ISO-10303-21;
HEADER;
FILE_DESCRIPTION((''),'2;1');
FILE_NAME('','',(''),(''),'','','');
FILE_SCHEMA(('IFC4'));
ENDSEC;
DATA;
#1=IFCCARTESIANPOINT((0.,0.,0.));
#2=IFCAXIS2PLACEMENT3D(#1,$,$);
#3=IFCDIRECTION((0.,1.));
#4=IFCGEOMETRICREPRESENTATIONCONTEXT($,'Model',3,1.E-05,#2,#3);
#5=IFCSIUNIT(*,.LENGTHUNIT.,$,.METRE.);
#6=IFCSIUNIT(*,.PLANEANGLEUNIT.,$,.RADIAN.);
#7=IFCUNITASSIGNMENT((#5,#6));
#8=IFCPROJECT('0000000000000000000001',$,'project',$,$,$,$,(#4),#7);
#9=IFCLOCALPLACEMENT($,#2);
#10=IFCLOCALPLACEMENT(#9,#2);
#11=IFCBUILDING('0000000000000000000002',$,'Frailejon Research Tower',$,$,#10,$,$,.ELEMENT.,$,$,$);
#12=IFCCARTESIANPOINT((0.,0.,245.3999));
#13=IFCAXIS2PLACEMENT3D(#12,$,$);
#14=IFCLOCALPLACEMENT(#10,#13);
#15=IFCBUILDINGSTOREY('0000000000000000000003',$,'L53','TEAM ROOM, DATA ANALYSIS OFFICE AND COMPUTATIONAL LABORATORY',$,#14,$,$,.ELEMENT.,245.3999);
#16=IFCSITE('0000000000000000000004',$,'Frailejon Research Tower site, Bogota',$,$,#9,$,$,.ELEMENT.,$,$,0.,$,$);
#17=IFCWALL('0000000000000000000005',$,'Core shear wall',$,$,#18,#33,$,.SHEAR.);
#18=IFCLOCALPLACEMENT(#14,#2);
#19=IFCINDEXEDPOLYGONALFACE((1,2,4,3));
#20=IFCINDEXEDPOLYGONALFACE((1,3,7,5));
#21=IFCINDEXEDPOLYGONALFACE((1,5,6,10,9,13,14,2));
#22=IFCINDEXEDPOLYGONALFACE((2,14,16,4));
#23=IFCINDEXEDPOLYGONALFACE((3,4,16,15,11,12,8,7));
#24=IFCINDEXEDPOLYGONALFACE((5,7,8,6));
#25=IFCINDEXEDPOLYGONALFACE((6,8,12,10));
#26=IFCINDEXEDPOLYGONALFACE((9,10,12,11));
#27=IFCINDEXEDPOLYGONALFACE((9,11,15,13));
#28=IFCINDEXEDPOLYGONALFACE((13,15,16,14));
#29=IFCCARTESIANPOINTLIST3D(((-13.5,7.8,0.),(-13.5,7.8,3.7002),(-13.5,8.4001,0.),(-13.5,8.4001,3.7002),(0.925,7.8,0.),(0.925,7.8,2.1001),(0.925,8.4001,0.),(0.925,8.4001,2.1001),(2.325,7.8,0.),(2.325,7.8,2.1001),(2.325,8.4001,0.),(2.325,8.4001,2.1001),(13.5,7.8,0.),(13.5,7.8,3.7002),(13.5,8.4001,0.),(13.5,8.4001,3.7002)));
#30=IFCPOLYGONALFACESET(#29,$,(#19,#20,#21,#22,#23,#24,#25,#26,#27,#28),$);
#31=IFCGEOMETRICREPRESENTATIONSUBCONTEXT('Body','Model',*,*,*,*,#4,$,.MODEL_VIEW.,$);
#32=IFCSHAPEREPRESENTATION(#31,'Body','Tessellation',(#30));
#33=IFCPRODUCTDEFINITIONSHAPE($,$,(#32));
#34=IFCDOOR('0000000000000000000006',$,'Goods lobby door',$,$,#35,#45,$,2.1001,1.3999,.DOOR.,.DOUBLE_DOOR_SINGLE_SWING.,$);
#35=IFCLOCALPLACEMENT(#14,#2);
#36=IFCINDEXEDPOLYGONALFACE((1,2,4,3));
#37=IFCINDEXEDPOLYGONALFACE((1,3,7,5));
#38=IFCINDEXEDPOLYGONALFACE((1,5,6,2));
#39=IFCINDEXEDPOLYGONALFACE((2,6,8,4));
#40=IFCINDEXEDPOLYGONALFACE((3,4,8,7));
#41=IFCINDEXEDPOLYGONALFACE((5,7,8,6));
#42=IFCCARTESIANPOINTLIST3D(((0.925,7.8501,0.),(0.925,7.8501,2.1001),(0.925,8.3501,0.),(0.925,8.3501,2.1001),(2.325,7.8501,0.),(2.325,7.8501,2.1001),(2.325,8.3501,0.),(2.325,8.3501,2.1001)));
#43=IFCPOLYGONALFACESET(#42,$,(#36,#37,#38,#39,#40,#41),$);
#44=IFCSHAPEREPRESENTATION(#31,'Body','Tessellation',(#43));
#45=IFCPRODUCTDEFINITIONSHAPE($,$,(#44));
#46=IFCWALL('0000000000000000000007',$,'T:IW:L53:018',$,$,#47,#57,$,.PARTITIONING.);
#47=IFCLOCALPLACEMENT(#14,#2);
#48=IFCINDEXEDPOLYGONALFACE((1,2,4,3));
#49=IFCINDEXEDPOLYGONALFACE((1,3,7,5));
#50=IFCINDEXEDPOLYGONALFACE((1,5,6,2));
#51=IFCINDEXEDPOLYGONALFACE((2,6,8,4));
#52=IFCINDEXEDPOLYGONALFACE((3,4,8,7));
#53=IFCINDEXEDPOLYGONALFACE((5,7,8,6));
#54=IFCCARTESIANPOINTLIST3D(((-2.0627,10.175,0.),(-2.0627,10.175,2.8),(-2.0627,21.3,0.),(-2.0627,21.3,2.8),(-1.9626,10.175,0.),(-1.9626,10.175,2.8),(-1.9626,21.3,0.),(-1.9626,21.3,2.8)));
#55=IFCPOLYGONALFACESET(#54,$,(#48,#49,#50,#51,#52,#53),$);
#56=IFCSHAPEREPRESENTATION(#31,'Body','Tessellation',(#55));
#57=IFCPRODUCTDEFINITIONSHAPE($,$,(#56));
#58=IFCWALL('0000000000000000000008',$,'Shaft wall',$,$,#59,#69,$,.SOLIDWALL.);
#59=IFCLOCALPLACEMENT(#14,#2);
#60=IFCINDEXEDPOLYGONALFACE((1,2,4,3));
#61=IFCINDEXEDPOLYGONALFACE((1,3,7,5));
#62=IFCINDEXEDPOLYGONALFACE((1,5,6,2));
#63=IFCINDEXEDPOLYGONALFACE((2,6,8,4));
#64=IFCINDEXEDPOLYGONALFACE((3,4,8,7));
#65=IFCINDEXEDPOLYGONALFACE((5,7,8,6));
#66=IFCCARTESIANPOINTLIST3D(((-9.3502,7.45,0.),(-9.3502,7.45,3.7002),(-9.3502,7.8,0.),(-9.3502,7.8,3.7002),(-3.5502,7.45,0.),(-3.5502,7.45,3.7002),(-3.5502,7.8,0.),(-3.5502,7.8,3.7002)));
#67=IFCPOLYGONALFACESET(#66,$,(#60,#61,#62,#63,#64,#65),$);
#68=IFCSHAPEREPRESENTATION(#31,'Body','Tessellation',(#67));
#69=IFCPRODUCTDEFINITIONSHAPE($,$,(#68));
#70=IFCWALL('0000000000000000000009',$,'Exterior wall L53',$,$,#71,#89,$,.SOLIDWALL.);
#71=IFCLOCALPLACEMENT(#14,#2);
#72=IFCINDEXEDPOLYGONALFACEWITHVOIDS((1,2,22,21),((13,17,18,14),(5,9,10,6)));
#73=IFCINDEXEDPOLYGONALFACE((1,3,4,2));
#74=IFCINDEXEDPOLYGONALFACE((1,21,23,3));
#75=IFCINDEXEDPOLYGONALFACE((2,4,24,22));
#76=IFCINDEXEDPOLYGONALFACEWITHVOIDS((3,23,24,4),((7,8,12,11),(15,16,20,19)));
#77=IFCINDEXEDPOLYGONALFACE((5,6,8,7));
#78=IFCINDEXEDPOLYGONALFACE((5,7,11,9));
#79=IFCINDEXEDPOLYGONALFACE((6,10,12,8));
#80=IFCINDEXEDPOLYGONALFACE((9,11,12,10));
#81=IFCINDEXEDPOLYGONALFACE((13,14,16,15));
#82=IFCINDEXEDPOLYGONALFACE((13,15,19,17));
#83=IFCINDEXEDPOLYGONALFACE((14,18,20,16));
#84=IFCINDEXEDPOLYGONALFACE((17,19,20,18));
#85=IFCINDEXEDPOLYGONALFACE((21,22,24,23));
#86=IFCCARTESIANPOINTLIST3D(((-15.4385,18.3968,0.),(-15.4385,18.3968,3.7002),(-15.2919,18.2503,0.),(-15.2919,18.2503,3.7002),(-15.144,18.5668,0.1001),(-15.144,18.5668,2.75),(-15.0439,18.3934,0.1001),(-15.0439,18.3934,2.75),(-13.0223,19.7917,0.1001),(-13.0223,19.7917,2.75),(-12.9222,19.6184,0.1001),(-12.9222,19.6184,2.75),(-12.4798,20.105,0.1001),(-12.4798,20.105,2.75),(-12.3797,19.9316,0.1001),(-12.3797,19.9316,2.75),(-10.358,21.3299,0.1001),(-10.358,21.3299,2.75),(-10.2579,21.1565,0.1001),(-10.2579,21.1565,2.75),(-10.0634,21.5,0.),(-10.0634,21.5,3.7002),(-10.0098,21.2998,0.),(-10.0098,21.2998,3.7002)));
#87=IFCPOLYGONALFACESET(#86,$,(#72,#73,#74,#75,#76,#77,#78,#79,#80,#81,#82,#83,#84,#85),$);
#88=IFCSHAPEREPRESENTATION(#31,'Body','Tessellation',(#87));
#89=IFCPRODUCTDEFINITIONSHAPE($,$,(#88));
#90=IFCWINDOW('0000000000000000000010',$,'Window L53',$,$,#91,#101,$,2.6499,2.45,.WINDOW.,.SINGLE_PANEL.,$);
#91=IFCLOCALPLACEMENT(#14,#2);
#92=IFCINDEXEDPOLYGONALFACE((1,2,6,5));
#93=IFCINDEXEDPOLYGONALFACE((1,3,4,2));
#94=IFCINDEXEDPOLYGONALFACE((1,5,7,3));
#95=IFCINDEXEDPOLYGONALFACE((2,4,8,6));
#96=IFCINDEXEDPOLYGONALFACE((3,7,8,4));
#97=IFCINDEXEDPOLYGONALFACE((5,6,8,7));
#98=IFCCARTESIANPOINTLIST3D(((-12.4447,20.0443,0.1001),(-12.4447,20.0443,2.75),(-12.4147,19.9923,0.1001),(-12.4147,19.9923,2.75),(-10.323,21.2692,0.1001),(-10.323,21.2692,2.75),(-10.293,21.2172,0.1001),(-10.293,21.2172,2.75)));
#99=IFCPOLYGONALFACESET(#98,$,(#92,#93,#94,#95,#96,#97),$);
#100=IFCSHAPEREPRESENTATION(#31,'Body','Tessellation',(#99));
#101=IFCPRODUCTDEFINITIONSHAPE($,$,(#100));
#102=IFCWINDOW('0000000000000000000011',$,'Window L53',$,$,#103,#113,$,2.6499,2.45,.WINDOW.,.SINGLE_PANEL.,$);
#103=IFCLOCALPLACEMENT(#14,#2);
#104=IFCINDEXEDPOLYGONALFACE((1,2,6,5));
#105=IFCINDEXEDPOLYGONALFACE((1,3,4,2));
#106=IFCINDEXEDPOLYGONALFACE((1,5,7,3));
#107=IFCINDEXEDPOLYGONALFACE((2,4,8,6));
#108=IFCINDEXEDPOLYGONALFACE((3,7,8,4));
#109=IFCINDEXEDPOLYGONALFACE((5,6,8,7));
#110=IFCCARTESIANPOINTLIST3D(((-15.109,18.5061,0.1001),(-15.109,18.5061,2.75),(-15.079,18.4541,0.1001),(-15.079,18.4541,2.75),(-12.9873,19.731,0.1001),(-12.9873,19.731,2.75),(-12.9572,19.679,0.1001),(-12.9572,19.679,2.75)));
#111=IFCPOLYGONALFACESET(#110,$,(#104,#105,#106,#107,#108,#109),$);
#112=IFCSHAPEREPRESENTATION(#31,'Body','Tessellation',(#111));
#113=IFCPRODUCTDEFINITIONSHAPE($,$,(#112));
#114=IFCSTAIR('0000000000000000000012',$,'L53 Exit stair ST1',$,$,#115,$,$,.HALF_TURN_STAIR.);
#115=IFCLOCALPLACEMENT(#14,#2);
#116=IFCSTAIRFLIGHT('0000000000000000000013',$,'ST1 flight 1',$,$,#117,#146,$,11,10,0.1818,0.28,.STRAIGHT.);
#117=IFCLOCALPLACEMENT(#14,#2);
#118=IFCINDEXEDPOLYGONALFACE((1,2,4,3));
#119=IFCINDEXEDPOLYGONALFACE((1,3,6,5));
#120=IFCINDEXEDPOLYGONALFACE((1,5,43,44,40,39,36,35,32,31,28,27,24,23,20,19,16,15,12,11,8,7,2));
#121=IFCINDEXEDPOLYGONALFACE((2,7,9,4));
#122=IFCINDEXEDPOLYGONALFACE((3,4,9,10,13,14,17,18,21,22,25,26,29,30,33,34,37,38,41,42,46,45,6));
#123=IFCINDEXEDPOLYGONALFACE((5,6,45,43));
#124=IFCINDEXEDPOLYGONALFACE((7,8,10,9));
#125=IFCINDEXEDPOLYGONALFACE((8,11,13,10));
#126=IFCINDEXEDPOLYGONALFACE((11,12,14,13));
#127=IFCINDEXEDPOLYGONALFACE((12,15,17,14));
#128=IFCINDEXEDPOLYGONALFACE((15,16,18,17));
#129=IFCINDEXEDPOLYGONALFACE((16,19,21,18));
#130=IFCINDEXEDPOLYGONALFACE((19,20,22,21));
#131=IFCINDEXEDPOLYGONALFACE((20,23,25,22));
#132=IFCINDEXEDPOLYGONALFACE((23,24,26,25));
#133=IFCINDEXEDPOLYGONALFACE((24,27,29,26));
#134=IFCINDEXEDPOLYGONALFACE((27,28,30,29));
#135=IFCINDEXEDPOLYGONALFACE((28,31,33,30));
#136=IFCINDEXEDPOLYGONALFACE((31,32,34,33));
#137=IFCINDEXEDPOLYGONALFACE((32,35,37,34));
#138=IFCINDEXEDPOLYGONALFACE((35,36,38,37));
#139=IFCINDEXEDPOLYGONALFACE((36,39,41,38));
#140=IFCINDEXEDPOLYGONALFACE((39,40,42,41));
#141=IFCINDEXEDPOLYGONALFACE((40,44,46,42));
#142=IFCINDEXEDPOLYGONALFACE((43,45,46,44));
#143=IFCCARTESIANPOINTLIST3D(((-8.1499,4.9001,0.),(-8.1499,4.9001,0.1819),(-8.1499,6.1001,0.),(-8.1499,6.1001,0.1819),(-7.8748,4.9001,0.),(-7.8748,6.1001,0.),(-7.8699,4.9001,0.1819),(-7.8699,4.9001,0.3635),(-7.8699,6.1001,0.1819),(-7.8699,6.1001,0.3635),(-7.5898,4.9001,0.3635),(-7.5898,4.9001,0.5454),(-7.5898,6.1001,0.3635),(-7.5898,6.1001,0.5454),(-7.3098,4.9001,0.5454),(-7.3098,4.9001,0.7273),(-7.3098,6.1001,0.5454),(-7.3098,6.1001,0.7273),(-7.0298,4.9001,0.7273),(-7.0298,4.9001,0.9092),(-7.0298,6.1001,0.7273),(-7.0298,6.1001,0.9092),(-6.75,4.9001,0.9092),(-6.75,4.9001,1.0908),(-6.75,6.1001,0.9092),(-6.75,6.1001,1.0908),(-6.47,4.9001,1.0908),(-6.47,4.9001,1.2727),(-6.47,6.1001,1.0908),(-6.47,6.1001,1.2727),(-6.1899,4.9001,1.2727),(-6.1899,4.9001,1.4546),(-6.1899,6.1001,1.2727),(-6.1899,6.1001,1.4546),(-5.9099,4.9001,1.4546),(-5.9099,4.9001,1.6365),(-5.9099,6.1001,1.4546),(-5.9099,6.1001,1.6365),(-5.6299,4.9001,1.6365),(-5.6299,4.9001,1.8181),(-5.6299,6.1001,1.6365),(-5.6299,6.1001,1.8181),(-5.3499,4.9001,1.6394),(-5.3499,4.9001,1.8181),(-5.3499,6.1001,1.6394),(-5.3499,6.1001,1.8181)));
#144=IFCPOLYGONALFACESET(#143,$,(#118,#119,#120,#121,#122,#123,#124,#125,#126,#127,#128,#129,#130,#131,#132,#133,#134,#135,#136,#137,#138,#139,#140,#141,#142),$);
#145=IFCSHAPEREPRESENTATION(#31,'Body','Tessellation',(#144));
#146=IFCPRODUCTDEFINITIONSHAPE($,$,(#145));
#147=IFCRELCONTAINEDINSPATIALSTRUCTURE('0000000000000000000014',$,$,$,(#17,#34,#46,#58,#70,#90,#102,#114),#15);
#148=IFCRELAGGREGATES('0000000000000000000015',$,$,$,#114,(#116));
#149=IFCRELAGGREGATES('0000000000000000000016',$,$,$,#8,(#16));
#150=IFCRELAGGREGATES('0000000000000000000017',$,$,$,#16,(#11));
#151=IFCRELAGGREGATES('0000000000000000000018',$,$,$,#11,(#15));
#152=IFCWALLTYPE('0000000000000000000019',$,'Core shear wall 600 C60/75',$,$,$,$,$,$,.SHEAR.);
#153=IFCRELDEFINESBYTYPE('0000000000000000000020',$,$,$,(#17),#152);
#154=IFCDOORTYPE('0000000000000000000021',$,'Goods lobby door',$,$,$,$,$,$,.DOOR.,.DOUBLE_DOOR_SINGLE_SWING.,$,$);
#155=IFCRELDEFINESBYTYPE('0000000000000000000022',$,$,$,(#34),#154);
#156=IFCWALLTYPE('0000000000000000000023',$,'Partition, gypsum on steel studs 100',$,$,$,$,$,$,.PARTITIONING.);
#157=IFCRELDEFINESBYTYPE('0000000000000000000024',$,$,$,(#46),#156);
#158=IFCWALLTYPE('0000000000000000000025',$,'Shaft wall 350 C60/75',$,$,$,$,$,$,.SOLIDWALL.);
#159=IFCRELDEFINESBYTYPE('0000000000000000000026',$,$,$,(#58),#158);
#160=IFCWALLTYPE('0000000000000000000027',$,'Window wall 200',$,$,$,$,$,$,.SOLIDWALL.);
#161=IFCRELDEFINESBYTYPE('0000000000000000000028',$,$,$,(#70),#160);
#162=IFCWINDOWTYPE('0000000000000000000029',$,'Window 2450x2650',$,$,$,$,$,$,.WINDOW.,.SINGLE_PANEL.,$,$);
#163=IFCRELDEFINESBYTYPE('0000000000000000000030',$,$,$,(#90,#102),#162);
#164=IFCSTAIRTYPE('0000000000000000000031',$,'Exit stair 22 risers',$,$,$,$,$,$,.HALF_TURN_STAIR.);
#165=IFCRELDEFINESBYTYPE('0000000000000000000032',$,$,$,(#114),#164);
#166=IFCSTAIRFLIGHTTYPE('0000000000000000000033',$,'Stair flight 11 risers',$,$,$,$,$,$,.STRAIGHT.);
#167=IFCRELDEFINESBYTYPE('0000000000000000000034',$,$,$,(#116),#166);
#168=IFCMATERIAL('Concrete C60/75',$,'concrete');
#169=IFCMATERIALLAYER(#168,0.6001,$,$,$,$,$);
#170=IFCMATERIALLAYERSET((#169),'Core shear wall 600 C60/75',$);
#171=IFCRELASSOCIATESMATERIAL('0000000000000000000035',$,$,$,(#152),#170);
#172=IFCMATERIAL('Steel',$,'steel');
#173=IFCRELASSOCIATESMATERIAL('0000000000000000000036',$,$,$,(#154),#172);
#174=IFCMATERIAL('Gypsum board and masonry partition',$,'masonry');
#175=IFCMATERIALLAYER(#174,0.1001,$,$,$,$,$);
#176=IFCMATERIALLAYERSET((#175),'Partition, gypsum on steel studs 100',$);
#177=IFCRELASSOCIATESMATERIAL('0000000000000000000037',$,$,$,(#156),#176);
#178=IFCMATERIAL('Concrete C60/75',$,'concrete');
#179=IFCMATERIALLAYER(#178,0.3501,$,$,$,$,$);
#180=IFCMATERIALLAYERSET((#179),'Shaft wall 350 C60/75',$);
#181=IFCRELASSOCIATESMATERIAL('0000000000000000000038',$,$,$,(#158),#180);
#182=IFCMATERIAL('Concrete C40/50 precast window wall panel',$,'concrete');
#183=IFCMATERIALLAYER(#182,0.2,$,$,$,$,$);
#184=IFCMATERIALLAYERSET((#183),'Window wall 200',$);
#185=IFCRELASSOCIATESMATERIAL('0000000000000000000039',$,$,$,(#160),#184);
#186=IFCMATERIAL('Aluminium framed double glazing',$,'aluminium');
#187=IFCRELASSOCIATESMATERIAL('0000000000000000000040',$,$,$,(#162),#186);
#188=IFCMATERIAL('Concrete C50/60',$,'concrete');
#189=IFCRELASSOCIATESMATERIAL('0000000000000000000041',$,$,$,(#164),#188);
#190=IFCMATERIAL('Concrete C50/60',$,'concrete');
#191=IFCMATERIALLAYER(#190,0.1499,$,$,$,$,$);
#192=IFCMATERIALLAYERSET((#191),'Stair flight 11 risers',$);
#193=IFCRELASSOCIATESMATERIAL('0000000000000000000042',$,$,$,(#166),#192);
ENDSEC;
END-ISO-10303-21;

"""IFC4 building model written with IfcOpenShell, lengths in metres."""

from ifc_helpers import new_model, si_unit, direction, frame, frame_2d, origin, place, context, subcontext, project, spatial, polyline, rectangle, outline, extrude, material, layer, layer_set, type_object, element, fill, aggregate, save


model = new_model("IFC4")

# Units and contexts
model_context = context("Model", 3, precision=1e-05, world=origin(), true_north=direction((0.0, 1.0)))
body_context = subcontext(model_context, "Body", "Model", "MODEL_VIEW")
ifc_project = project(units=[si_unit("LENGTHUNIT", "METRE"), si_unit("PLANEANGLEUNIT", "RADIAN")], contexts=[model_context])

# Site, building, storey
site_placement = place(None, origin())
site = spatial("IfcSite", under=ifc_project, at=site_placement, Name="Frailejon Research Tower site, Bogota", CompositionType="ELEMENT", RefElevation=0.0)
building_placement = place(site_placement, origin())
building = spatial("IfcBuilding", under=site, at=building_placement, Name="Frailejon Research Tower", CompositionType="ELEMENT")
storey_placement = place(building_placement, frame((0.0, 0.0, 245.3999)))
storey = spatial("IfcBuildingStorey", under=building, at=storey_placement, Name="L53", Description="TEAM ROOM, DATA ANALYSIS OFFICE AND COMPUTATIONAL LABORATORY", CompositionType="ELEMENT", Elevation=245.3999)

# Wall, opening, door
ifc_material_1 = material(Name="Concrete C60/75", Category="concrete")
ifc_layer_1 = layer(ifc_material_1, 0.6001)
ifc_layer_set_1 = layer_set([ifc_layer_1], Name="Core shear wall 600 C60/75")
wall_type_1 = type_object("IfcWallType", Name="Core shear wall 600 C60/75", PredefinedType="SHEAR", material=ifc_layer_set_1)
wall_1_placement = place(storey_placement, frame((-13.5, 8.1001, 0.0), z_axis=(0.0, 0.0, 1.0), x_axis=(1.0, 0.0, 0.0)))
wall_1 = element("IfcWall", 1, at=wall_1_placement, inside=storey, type_object=wall_type_1, Name="Core shear wall", PredefinedType="SHEAR", context=body_context, shape_type="SweptSolid", body=[
    extrude(rectangle(XDim=27.0, YDim=0.6001, at=frame_2d((13.5, 0.0))), origin(), (0.0, 0.0, 1.0), 3.7002),
])
opening_1_placement = place(wall_1_placement, frame((14.425, 0.0, 0.0)))
opening_1 = element("IfcOpeningElement", 2, at=opening_1_placement, cuts=wall_1, PredefinedType="OPENING", context=body_context, shape_type="SweptSolid", body=[
    extrude(rectangle(XDim=1.3999, YDim=2.1001, at=frame_2d((0.7, 1.05))), frame((0.0, 0.3101, 0.0), z_axis=(0.0, -1.0, 0.0), x_axis=(1.0, 0.0, 0.0)), (0.0, 0.0, 1.0), 0.6201),
])
ifc_material_2 = material(Name="Steel", Category="steel")
door_type = type_object("IfcDoorType", Name="Goods lobby door", OperationType="DOUBLE_DOOR_SINGLE_SWING", PredefinedType="DOOR", material=ifc_material_2)
door_placement = place(opening_1_placement, origin())
door = element("IfcDoor", 3, at=door_placement, inside=storey, type_object=door_type, Name="Goods lobby door", OperationType="DOUBLE_DOOR_SINGLE_SWING", OverallHeight=2.1001, OverallWidth=1.3999, PredefinedType="DOOR", context=body_context, shape_type="SweptSolid", body=[
    extrude(rectangle(XDim=1.3999, YDim=2.1001, at=frame_2d((0.7, 1.05))), frame((0.0, 0.25, 0.0), z_axis=(0.0, -1.0, 0.0), x_axis=(1.0, 0.0, 0.0)), (0.0, 0.0, 1.0), 0.5),
])
fill(opening_1, door)

# Walls
ifc_material_3 = material(Name="Gypsum board and masonry partition", Category="masonry")
ifc_layer_2 = layer(ifc_material_3, 0.1001)
ifc_layer_set_2 = layer_set([ifc_layer_2], Name="Partition, gypsum on steel studs 100")
wall_type_2 = type_object("IfcWallType", Name="Partition, gypsum on steel studs 100", PredefinedType="PARTITIONING", material=ifc_layer_set_2)
wall_2_placement = place(storey_placement, frame((-2.0127, 10.175, 0.0), z_axis=(0.0, 0.0, 1.0), x_axis=(0.0, 1.0, 0.0)))
element("IfcWall", 4, at=wall_2_placement, inside=storey, type_object=wall_type_2, Name="T:IW:L53:018", PredefinedType="PARTITIONING", context=body_context, shape_type="SweptSolid", body=[
    extrude(rectangle(XDim=11.125, YDim=0.1001, at=frame_2d((5.5625, 0.0))), origin(), (0.0, 0.0, 1.0), 2.8),
])
ifc_material_4 = material(Name="Concrete C60/75", Category="concrete")
ifc_layer_3 = layer(ifc_material_4, 0.3501)
ifc_layer_set_3 = layer_set([ifc_layer_3], Name="Shaft wall 350 C60/75")
wall_type_3 = type_object("IfcWallType", Name="Shaft wall 350 C60/75", PredefinedType="SOLIDWALL", material=ifc_layer_set_3)
wall_3_placement = place(storey_placement, frame((-9.3501, 7.625, 0.0), z_axis=(0.0, 0.0, 1.0), x_axis=(1.0, 0.0, 0.0)))
element("IfcWall", 5, at=wall_3_placement, inside=storey, type_object=wall_type_3, Name="Shaft wall", PredefinedType="SOLIDWALL", context=body_context, shape_type="SweptSolid", body=[
    extrude(rectangle(XDim=5.8, YDim=0.3501, at=frame_2d((2.8999, 0.0))), origin(), (0.0, 0.0, 1.0), 3.7002),
])

# Wall, openings, windows
ifc_material_5 = material(Name="Concrete C40/50 precast window wall panel", Category="concrete")
ifc_layer_4 = layer(ifc_material_5, 0.2)
ifc_layer_set_4 = layer_set([ifc_layer_4], Name="Window wall 200")
wall_type_4 = type_object("IfcWallType", Name="Window wall 200", PredefinedType="SOLIDWALL", material=ifc_layer_set_4)
wall_4_placement = place(storey_placement, frame((-10.0366, 21.3999, 0.0), z_axis=(0.0, 0.0, 1.0), x_axis=(-0.86603, -0.499993, 0.0)))
wall_4 = element("IfcWall", 6, at=wall_4_placement, inside=storey, type_object=wall_type_4, Name="Exterior wall L53", PredefinedType="SOLIDWALL", context=body_context, shape_type="SweptSolid", body=[
    extrude(outline(polyline([(-0.0269, -0.1001), (1.0076, -0.1001), (2.042, -0.1001), (3.0764, -0.1001), (4.1108, -0.1001), (5.1453, -0.1001), (6.1797, -0.1001), (6.126, 0.1001), (5.1094, 0.1001), (4.093, 0.1001), (3.0764, 0.1001), (2.0598, 0.1001), (1.0435, 0.1001), (0.0269, 0.1001), (-0.0269, -0.1001)])), origin(), (0.0, 0.0, 1.0), 3.7002),
])
opening_2_placement = place(wall_4_placement, frame((0.3132, 0.0, 0.1001)))
opening_2 = element("IfcOpeningElement", 7, at=opening_2_placement, cuts=wall_4, PredefinedType="OPENING", context=body_context, shape_type="SweptSolid", body=[
    extrude(rectangle(XDim=2.45, YDim=2.6499, at=frame_2d((1.2251, 1.325))), frame((0.0, 0.1099, 0.0), z_axis=(0.0, -1.0, 0.0), x_axis=(1.0, 0.0, 0.0)), (0.0, 0.0, 1.0), 0.22),
])
opening_3_placement = place(wall_4_placement, frame((3.3896, 0.0, 0.1001)))
opening_3 = element("IfcOpeningElement", 8, at=opening_3_placement, cuts=wall_4, PredefinedType="OPENING", context=body_context, shape_type="SweptSolid", body=[
    extrude(rectangle(XDim=2.45, YDim=2.6499, at=frame_2d((1.2251, 1.325))), frame((0.0, 0.1099, 0.0), z_axis=(0.0, -1.0, 0.0), x_axis=(1.0, 0.0, 0.0)), (0.0, 0.0, 1.0), 0.22),
])
ifc_material_6 = material(Name="Aluminium framed double glazing", Category="aluminium")
window_type = type_object("IfcWindowType", Name="Window 2450x2650", PartitioningType="SINGLE_PANEL", PredefinedType="WINDOW", material=ifc_material_6)
window_1_placement = place(opening_2_placement, origin())
window_1 = element("IfcWindow", 9, at=window_1_placement, inside=storey, type_object=window_type, Name="Window L53", OverallHeight=2.6499, OverallWidth=2.45, PartitioningType="SINGLE_PANEL", PredefinedType="WINDOW", context=body_context, shape_type="SweptSolid", body=[
    extrude(rectangle(XDim=2.45, YDim=2.6499, at=frame_2d((1.2251, 1.325))), frame((0.0, 0.03, 0.0), z_axis=(0.0, -1.0, 0.0), x_axis=(1.0, 0.0, 0.0)), (0.0, 0.0, 1.0), 0.0601),
])
fill(opening_2, window_1)
window_2_placement = place(opening_3_placement, origin())
window_2 = element("IfcWindow", 10, at=window_2_placement, inside=storey, type_object=window_type, Name="Window L53", OverallHeight=2.6499, OverallWidth=2.45, PartitioningType="SINGLE_PANEL", PredefinedType="WINDOW", context=body_context, shape_type="SweptSolid", body=[
    extrude(rectangle(XDim=2.45, YDim=2.6499, at=frame_2d((1.2251, 1.325))), frame((0.0, 0.03, 0.0), z_axis=(0.0, -1.0, 0.0), x_axis=(1.0, 0.0, 0.0)), (0.0, 0.0, 1.0), 0.0601),
])
fill(opening_3, window_2)

# Stair, stair flight
ifc_material_7 = material(Name="Concrete C50/60", Category="concrete")
stair_type = type_object("IfcStairType", Name="Exit stair 22 risers", PredefinedType="HALF_TURN_STAIR", material=ifc_material_7)
stair_placement = place(storey_placement, origin())
stair = element("IfcStair", 11, at=stair_placement, inside=storey, type_object=stair_type, Name="L53 Exit stair ST1", PredefinedType="HALF_TURN_STAIR")
ifc_material_8 = material(Name="Concrete C50/60", Category="concrete")
ifc_layer_5 = layer(ifc_material_8, 0.1499)
ifc_layer_set_5 = layer_set([ifc_layer_5], Name="Stair flight 11 risers")
stair_flight_type = type_object("IfcStairFlightType", Name="Stair flight 11 risers", PredefinedType="STRAIGHT", material=ifc_layer_set_5)
stair_flight_1_placement = place(storey_placement, frame((-8.1499, 5.5, 0.0), z_axis=(0.0, 0.0, 1.0), x_axis=(1.0, 0.0, 0.0)))
stair_flight_1 = element("IfcStairFlight", 12, at=stair_flight_1_placement, type_object=stair_flight_type, Name="ST1 flight 1", NumberOfRisers=11, NumberOfTreads=10, PredefinedType="STRAIGHT", RiserHeight=0.1818, TreadLength=0.28, context=body_context, shape_type="SweptSolid", body=[
    extrude(outline(polyline([(0.0, 0.0), (0.0, 0.1819), (0.28, 0.1819), (0.28, 0.3635), (0.5601, 0.3635), (0.5601, 0.5454), (0.8401, 0.5454), (0.8401, 0.7273), (1.1201, 0.7273), (1.1201, 0.9092), (1.3999, 0.9092), (1.3999, 1.0908), (1.6799, 1.0908), (1.6799, 1.2727), (1.96, 1.2727), (1.96, 1.4546), (2.24, 1.4546), (2.24, 1.6365), (2.52, 1.6365), (2.52, 1.8181), (2.8, 1.8181), (2.8, 2.0), (2.8, 1.6394), (0.2751, 0.0), (0.0, 0.0)])), frame((0.0, 0.6001, 0.0), z_axis=(0.0, -1.0, 0.0), x_axis=(1.0, 0.0, 0.0)), (0.0, 0.0, 1.0), 1.2),
])
aggregate(stair, [stair_flight_1])

save(model, "model.ifc")
